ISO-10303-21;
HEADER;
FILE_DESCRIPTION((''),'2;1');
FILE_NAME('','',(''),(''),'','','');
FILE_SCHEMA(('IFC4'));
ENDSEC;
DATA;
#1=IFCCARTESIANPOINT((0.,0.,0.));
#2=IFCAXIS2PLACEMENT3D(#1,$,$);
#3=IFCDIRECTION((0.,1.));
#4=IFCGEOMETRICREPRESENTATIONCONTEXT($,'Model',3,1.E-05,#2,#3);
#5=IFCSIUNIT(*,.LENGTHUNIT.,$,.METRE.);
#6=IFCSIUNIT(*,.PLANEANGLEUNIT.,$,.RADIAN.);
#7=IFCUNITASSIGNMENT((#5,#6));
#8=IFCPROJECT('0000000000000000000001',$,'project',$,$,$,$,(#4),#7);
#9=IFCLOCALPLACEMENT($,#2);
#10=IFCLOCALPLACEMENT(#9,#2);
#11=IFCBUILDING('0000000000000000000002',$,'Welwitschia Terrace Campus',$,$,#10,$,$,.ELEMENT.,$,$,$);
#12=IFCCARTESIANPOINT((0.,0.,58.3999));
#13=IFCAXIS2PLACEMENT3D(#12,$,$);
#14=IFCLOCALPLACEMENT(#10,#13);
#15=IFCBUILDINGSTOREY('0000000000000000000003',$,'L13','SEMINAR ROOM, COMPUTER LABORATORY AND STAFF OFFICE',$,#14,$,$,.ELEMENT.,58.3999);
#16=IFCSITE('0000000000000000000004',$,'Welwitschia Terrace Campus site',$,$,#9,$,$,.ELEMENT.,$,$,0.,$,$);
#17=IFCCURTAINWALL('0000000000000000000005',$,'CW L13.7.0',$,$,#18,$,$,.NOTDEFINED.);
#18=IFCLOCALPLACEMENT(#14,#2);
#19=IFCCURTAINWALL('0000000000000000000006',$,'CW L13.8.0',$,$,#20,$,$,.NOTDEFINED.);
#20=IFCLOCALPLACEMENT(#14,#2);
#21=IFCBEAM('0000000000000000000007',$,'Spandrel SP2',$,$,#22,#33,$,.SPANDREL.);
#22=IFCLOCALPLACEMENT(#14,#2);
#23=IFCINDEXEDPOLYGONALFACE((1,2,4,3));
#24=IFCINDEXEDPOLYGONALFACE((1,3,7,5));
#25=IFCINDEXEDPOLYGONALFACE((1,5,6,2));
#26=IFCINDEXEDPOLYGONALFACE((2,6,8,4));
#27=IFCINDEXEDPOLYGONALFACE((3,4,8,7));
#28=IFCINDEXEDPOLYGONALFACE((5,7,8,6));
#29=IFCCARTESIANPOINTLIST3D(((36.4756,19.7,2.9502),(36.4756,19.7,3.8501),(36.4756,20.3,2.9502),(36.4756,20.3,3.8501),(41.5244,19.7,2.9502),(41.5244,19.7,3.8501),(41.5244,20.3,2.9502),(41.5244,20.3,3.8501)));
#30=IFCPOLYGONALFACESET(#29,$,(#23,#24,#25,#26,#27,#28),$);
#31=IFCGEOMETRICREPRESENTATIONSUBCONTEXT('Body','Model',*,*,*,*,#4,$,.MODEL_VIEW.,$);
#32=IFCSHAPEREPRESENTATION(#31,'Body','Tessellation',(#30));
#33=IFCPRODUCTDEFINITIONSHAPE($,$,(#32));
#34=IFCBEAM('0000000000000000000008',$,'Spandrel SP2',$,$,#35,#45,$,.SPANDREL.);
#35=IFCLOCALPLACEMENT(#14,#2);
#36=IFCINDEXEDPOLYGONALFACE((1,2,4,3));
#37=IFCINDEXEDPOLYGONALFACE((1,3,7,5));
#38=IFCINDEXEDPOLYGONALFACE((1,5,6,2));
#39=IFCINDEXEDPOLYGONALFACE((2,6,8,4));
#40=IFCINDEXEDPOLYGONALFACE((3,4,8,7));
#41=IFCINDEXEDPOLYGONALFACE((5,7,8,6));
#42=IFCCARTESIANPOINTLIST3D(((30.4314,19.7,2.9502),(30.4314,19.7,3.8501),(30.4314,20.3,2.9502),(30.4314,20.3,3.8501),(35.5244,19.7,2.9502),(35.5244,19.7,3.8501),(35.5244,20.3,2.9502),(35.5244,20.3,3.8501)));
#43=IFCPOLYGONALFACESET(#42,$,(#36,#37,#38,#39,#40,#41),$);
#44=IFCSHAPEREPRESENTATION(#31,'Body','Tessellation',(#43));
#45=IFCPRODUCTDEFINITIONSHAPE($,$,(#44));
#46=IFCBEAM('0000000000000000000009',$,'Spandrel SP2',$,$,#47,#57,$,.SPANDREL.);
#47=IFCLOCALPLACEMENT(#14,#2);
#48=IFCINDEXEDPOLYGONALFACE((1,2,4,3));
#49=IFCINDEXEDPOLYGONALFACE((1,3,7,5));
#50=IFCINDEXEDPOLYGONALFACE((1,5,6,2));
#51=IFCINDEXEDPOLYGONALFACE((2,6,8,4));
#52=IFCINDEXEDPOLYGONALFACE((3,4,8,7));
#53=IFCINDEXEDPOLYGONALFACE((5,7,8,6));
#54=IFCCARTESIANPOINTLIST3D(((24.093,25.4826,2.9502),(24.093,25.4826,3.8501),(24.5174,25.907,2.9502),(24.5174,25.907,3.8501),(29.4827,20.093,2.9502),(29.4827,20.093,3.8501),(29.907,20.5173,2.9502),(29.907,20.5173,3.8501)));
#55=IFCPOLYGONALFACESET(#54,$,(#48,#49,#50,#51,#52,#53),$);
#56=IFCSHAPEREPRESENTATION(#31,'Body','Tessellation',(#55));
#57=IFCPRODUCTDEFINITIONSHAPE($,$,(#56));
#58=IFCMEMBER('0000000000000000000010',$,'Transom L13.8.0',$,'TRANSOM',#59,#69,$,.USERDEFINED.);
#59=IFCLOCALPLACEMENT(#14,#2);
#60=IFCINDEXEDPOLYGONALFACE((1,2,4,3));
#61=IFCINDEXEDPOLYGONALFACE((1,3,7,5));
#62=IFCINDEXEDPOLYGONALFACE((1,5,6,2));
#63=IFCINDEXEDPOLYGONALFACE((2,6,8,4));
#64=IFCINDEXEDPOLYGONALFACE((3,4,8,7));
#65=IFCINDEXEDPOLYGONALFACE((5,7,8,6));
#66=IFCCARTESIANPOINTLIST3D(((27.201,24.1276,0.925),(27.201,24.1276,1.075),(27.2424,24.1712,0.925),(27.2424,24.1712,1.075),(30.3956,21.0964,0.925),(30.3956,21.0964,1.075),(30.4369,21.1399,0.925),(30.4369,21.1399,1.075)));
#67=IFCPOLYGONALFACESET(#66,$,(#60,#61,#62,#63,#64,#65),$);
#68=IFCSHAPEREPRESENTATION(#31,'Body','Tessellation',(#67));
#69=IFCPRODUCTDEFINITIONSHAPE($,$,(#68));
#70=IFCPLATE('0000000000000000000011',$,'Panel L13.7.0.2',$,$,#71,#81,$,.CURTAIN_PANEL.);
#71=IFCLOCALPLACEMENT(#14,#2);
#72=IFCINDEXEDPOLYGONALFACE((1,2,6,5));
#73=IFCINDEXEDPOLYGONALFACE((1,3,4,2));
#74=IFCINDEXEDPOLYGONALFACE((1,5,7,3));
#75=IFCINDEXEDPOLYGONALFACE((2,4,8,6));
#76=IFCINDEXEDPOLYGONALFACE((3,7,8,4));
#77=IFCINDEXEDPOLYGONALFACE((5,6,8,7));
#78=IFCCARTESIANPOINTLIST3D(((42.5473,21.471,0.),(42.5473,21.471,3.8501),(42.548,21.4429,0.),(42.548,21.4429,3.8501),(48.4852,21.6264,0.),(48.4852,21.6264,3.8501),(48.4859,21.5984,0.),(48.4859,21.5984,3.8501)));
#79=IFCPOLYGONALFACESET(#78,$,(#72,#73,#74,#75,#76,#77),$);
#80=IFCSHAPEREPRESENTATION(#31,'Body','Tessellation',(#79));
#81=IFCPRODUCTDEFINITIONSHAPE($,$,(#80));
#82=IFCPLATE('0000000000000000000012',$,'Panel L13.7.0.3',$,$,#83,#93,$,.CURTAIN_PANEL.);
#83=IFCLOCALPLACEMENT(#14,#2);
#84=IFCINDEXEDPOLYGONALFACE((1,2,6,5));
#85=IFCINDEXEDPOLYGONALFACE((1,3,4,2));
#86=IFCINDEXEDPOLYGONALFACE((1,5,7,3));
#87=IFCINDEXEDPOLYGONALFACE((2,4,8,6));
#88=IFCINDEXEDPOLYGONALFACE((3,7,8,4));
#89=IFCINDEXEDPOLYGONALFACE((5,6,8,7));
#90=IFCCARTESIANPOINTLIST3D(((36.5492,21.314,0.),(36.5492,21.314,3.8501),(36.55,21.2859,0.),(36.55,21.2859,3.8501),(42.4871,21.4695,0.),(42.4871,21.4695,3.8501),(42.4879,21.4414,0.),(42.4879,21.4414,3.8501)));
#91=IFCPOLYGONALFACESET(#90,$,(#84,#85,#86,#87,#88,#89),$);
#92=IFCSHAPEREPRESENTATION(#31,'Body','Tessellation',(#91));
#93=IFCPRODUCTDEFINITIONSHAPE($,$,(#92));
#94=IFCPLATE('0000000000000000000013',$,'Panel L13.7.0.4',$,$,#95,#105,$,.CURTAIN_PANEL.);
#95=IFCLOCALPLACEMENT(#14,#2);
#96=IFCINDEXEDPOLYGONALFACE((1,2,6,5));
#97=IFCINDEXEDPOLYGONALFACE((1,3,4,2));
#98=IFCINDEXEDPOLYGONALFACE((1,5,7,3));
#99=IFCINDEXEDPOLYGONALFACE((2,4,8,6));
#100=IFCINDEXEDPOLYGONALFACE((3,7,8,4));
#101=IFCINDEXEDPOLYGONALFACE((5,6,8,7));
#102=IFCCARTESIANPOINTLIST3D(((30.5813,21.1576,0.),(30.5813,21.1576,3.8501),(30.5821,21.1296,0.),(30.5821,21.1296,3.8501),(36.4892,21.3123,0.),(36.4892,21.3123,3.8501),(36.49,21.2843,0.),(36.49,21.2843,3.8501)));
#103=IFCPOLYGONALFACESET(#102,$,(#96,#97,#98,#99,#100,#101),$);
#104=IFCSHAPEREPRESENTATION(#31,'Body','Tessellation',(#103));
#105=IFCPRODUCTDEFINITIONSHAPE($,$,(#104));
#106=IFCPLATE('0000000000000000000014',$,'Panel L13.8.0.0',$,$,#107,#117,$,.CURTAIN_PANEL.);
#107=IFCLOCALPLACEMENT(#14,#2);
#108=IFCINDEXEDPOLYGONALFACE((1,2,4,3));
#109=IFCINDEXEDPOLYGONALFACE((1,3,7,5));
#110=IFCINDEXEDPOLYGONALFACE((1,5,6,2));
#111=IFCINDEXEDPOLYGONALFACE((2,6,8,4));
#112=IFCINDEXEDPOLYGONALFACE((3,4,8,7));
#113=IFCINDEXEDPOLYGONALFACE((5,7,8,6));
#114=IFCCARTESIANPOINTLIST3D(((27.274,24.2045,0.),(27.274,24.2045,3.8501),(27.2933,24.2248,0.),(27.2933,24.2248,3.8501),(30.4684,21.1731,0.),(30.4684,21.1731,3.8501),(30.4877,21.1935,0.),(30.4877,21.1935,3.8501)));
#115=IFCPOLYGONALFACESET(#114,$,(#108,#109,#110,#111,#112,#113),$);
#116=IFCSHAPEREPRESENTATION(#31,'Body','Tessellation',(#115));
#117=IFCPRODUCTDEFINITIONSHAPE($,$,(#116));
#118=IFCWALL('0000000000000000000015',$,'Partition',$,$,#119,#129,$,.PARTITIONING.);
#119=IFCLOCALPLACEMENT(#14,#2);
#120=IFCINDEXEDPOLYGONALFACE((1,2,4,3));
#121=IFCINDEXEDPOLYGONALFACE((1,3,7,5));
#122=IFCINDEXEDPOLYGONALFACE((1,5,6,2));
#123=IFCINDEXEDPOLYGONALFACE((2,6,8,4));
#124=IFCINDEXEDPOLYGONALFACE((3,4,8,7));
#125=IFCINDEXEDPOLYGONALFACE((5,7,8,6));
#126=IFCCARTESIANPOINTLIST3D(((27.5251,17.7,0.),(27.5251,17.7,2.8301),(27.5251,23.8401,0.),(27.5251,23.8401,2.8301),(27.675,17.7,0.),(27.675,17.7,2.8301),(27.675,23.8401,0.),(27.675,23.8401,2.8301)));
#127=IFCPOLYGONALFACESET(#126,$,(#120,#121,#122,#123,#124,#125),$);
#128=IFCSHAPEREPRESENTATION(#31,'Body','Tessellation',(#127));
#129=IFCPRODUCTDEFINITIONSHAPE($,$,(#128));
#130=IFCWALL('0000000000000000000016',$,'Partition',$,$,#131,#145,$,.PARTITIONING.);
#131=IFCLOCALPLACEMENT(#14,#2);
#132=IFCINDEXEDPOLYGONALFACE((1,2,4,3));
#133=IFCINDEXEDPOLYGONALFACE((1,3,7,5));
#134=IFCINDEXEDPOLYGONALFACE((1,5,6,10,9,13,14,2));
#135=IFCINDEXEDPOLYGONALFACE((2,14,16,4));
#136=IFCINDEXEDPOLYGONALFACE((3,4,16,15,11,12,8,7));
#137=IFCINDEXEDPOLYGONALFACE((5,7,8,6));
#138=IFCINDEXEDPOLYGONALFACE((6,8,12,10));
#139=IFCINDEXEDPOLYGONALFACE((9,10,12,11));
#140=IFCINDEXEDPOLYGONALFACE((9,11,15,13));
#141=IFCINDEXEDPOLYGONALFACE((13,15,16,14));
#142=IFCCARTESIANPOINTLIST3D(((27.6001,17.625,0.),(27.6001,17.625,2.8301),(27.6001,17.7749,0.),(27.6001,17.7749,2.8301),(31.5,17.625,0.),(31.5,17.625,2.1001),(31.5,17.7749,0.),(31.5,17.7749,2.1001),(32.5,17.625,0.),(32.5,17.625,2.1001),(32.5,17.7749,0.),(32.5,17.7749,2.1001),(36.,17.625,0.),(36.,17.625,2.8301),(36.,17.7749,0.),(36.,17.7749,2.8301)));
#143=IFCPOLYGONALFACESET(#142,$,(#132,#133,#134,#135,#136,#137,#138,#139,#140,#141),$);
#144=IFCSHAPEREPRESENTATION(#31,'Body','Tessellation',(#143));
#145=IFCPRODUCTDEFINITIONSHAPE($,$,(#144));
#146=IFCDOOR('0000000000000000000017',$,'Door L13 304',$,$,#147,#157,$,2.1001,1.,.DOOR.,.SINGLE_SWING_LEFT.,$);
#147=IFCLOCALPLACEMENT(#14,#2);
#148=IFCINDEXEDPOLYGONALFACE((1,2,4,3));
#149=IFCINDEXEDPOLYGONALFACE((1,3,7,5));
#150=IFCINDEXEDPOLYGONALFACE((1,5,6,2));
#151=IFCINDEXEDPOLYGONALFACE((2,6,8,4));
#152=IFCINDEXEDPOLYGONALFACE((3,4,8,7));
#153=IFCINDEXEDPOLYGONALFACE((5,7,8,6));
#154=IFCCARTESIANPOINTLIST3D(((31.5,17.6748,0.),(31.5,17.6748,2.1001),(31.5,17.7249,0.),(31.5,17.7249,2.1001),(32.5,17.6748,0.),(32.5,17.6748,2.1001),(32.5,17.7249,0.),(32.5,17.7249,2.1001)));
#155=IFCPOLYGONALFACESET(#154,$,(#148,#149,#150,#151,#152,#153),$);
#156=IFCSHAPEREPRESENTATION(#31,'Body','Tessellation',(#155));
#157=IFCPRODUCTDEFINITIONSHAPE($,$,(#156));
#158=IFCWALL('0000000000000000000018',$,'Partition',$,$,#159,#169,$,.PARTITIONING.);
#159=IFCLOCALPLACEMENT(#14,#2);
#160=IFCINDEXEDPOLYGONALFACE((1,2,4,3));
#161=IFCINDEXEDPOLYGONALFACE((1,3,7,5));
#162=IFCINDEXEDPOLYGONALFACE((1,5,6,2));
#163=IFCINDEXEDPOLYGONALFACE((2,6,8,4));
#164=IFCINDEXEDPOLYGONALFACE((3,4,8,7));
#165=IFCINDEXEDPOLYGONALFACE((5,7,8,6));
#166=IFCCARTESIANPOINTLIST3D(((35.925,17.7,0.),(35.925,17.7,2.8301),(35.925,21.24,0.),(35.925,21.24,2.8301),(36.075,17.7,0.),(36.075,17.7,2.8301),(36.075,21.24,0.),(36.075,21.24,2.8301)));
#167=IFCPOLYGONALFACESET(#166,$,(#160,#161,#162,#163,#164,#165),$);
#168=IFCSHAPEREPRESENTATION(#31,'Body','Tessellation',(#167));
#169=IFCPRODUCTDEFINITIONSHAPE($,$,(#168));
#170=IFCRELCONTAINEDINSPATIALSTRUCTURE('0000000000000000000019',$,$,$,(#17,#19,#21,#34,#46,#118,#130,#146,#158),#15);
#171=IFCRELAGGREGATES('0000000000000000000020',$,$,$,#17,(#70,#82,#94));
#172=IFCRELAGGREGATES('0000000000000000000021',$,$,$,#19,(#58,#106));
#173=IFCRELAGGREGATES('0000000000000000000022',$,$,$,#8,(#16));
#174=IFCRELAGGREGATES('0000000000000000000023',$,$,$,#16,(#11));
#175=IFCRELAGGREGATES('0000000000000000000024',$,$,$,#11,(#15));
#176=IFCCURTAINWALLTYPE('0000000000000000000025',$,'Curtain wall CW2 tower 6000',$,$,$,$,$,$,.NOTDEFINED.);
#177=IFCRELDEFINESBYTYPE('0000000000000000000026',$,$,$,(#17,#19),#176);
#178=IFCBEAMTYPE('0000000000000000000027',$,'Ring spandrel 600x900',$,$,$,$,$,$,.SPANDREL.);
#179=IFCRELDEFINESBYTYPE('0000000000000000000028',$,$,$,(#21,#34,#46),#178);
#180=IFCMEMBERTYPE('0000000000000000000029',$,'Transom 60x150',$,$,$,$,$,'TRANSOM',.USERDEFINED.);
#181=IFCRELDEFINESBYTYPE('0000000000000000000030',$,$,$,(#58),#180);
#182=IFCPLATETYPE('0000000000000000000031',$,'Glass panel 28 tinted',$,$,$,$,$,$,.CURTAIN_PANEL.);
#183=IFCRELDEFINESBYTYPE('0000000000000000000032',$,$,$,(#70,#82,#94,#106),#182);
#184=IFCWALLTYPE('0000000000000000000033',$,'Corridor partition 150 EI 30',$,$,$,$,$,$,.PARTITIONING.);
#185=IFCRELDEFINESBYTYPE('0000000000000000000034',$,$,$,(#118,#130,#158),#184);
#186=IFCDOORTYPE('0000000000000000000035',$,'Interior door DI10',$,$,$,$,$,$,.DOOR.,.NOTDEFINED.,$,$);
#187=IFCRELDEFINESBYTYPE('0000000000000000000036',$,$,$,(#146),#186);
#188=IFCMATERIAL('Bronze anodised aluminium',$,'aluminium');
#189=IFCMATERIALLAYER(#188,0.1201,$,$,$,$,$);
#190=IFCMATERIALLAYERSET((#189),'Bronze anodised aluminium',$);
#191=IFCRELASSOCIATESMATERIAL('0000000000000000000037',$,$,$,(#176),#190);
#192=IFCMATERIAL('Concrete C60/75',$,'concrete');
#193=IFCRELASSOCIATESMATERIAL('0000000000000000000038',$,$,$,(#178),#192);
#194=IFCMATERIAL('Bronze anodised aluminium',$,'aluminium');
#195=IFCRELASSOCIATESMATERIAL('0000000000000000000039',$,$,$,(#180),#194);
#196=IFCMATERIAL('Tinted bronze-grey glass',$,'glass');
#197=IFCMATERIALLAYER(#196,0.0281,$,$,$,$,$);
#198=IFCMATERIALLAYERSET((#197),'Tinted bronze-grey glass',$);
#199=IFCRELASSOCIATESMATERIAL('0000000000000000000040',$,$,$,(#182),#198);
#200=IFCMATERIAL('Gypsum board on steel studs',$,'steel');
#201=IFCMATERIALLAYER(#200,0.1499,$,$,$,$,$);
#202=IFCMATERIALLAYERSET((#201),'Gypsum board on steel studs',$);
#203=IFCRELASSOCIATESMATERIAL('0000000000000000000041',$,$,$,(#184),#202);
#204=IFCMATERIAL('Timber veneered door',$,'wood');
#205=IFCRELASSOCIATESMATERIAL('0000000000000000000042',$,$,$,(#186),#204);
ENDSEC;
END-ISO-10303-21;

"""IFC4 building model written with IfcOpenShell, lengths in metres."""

from ifc_helpers import new_model, si_unit, direction, frame, frame_2d, origin, origin_2d, place, context, subcontext, project, spatial, rectangle, extrude, material, layer, layer_set, material_profile, profile_set, type_object, element, fill, aggregate, save


model = new_model("IFC4")

# Units and contexts
model_context = context("Model", 3, precision=1e-05, world=origin(), true_north=direction((0.0, 1.0)))
body_context = subcontext(model_context, "Body", "Model", "MODEL_VIEW")
ifc_project = project(units=[si_unit("LENGTHUNIT", "METRE"), si_unit("PLANEANGLEUNIT", "RADIAN")], contexts=[model_context])

# Site, building, storey
site_placement = place(None, origin())
site = spatial("IfcSite", under=ifc_project, at=site_placement, Name="Welwitschia Terrace Campus site", CompositionType="ELEMENT", RefElevation=0.0)
building_placement = place(site_placement, origin())
building = spatial("IfcBuilding", under=site, at=building_placement, Name="Welwitschia Terrace Campus", CompositionType="ELEMENT")
storey_placement = place(building_placement, frame((0.0, 0.0, 58.3999)))
storey = spatial("IfcBuildingStorey", under=building, at=storey_placement, Name="L13", Description="SEMINAR ROOM, COMPUTER LABORATORY AND STAFF OFFICE", CompositionType="ELEMENT", Elevation=58.3999)

# Curtain wall
ifc_material_1 = material(Name="Bronze anodised aluminium", Category="aluminium")
ifc_layer_1 = layer(ifc_material_1, 0.1201)
ifc_layer_set_1 = layer_set([ifc_layer_1], Name="Bronze anodised aluminium")
curtain_wall_type = type_object("IfcCurtainWallType", Name="Curtain wall CW2 tower 6000", PredefinedType="NOTDEFINED", material=ifc_layer_set_1)
curtain_wall_1_placement = place(storey_placement, origin())
curtain_wall_1 = element("IfcCurtainWall", 1, at=curtain_wall_1_placement, inside=storey, type_object=curtain_wall_type, Name="CW L13.7.0", PredefinedType="NOTDEFINED")

# Curtain wall
curtain_wall_2_placement = place(storey_placement, origin())
curtain_wall_2 = element("IfcCurtainWall", 2, at=curtain_wall_2_placement, inside=storey, type_object=curtain_wall_type, Name="CW L13.8.0", PredefinedType="NOTDEFINED")

# Beams
ifc_material_2 = material(Name="Concrete C60/75", Category="concrete")
ifc_material_profile_1 = material_profile(ifc_material_2, rectangle(XDim=0.6001, YDim=0.8999, at=origin_2d()))
ifc_profile_set_1 = profile_set([ifc_material_profile_1], Name="Concrete C60/75")
beam_type_1 = type_object("IfcBeamType", Name="Ring spandrel 600x900", PredefinedType="SPANDREL", material=ifc_profile_set_1)
for number, where, z_axis, x_axis, name in (
    (3, (41.5244, 20.0, 3.4001), (-1.0, 0.0, 0.0), (0.0, -1.0, 0.0), "Spandrel SP2"),
):
    element("IfcBeam", number, at=place(storey_placement, frame(where, z_axis=z_axis, x_axis=x_axis)), inside=storey, type_object=beam_type_1, Name=name, PredefinedType="SPANDREL", context=body_context, shape_type="SweptSolid", body=[
        extrude(rectangle(XDim=0.6001, YDim=0.8999, at=origin_2d()), origin(), (0.0, 0.0, 1.0), 5.0488),
    ])
beam_1_placement = place(storey_placement, frame((35.5244, 20.0, 3.4001), z_axis=(-1.0, 0.0, 0.0), x_axis=(0.0, -1.0, 0.0)))
element("IfcBeam", 4, at=beam_1_placement, inside=storey, type_object=beam_type_1, Name="Spandrel SP2", PredefinedType="SPANDREL", context=body_context, shape_type="SweptSolid", body=[
    extrude(rectangle(XDim=0.6001, YDim=0.8999, at=origin_2d()), origin(), (0.0, 0.0, 1.0), 5.093),
])
beam_2_placement = place(storey_placement, frame((29.6948, 20.3052, 3.4001), z_axis=(-0.707107, 0.707107, 0.0), x_axis=(-0.707107, -0.707107, 0.0)))
element("IfcBeam", 5, at=beam_2_placement, inside=storey, type_object=beam_type_1, Name="Spandrel SP2", PredefinedType="SPANDREL", context=body_context, shape_type="SweptSolid", body=[
    extrude(rectangle(XDim=0.6001, YDim=0.8999, at=origin_2d()), origin(), (0.0, 0.0, 1.0), 7.6221),
])

# Member
ifc_material_3 = material(Name="Bronze anodised aluminium", Category="aluminium")
ifc_material_profile_2 = material_profile(ifc_material_3, rectangle(XDim=0.0601, YDim=0.1499, at=origin_2d()))
ifc_profile_set_2 = profile_set([ifc_material_profile_2], Name="Bronze anodised aluminium")
member_type_1 = type_object("IfcMemberType", Name="Transom 60x150", ElementType="TRANSOM", PredefinedType="USERDEFINED", material=ifc_profile_set_2)
member_1_placement = place(storey_placement, frame((30.4163, 21.1182, 1.0), z_axis=(-0.725408, 0.68832, 0.0), x_axis=(-0.68832, -0.725408, 0.0)))
member_1 = element("IfcMember", 6, at=member_1_placement, type_object=member_type_1, Name="Transom L13.8.0", ObjectType="TRANSOM", PredefinedType="USERDEFINED", context=body_context, shape_type="SweptSolid", body=[
    extrude(rectangle(XDim=0.0601, YDim=0.1499, at=origin_2d()), origin(), (0.0, 0.0, 1.0), 4.4038),
])

# Plates
ifc_material_4 = material(Name="Tinted bronze-grey glass", Category="glass")
ifc_layer_2 = layer(ifc_material_4, 0.0281)
ifc_layer_set_2 = layer_set([ifc_layer_2], Name="Tinted bronze-grey glass")
plate_type = type_object("IfcPlateType", Name="Glass panel 28 tinted", PredefinedType="CURTAIN_PANEL", material=ifc_layer_set_2)
plate_1_placement = place(storey_placement, frame((45.5166, 21.5347, 0.0), z_axis=(0.0, 0.0, 1.0), x_axis=(-0.999657, -0.026177, 0.0)))
plate_1 = element("IfcPlate", 7, at=plate_1_placement, type_object=plate_type, Name="Panel L13.7.0.2", PredefinedType="CURTAIN_PANEL", context=body_context, shape_type="SweptSolid", body=[
    extrude(rectangle(XDim=5.9399, YDim=0.0281, at=origin_2d()), origin(), (0.0, 0.0, 1.0), 3.8501),
])
plate_2_placement = place(storey_placement, frame((39.5186, 21.3777, 0.0), z_axis=(0.0, 0.0, 1.0), x_axis=(-0.999657, -0.026177, 0.0)))
plate_2 = element("IfcPlate", 8, at=plate_2_placement, type_object=plate_type, Name="Panel L13.7.0.3", PredefinedType="CURTAIN_PANEL", context=body_context, shape_type="SweptSolid", body=[
    extrude(rectangle(XDim=5.9399, YDim=0.0281, at=origin_2d()), origin(), (0.0, 0.0, 1.0), 3.8501),
])
plate_3_placement = place(storey_placement, frame((33.5356, 21.2209, 0.0), z_axis=(0.0, 0.0, 1.0), x_axis=(-0.999657, -0.026177, 0.0)))
plate_3 = element("IfcPlate", 9, at=plate_3_placement, type_object=plate_type, Name="Panel L13.7.0.4", PredefinedType="CURTAIN_PANEL", context=body_context, shape_type="SweptSolid", body=[
    extrude(rectangle(XDim=5.9099, YDim=0.0281, at=origin_2d()), origin(), (0.0, 0.0, 1.0), 3.8501),
])
aggregate(curtain_wall_1, [plate_1, plate_2, plate_3])
plate_4_placement = place(storey_placement, frame((28.8809, 22.699, 0.0), z_axis=(0.0, 0.0, 1.0), x_axis=(-0.725374, 0.688355, 0.0)))
plate_4 = element("IfcPlate", 10, at=plate_4_placement, type_object=plate_type, Name="Panel L13.8.0.0", PredefinedType="CURTAIN_PANEL", context=body_context, shape_type="SweptSolid", body=[
    extrude(rectangle(XDim=4.4038, YDim=0.0281, at=origin_2d()), origin(), (0.0, 0.0, 1.0), 3.8501),
])
aggregate(curtain_wall_2, [member_1, plate_4])

# Wall
ifc_material_5 = material(Name="Gypsum board on steel studs", Category="steel")
ifc_layer_3 = layer(ifc_material_5, 0.1499)
ifc_layer_set_3 = layer_set([ifc_layer_3], Name="Gypsum board on steel studs")
wall_type = type_object("IfcWallType", Name="Corridor partition 150 EI 30", PredefinedType="PARTITIONING", material=ifc_layer_set_3)
wall_1_placement = place(storey_placement, frame((27.6001, 17.7, 0.0), z_axis=(0.0, 0.0, 1.0), x_axis=(0.0, 1.0, 0.0)))
element("IfcWall", 11, at=wall_1_placement, inside=storey, type_object=wall_type, Name="Partition", PredefinedType="PARTITIONING", context=body_context, shape_type="SweptSolid", body=[
    extrude(rectangle(XDim=6.1401, YDim=0.1499, at=frame_2d((3.0701, 0.0))), origin(), (0.0, 0.0, 1.0), 2.8301),
])

# Wall, opening, door
wall_2_placement = place(storey_placement, frame((27.6001, 17.7, 0.0), z_axis=(0.0, 0.0, 1.0), x_axis=(1.0, 0.0, 0.0)))
wall_2 = element("IfcWall", 12, at=wall_2_placement, inside=storey, type_object=wall_type, Name="Partition", PredefinedType="PARTITIONING", context=body_context, shape_type="SweptSolid", body=[
    extrude(rectangle(XDim=8.3999, YDim=0.1499, at=frame_2d((4.2, 0.0))), origin(), (0.0, 0.0, 1.0), 2.8301),
])
opening_1_placement = place(wall_2_placement, frame((3.8999, 0.0, 0.0)))
opening_1 = element("IfcOpeningElement", 13, at=opening_1_placement, cuts=wall_2, PredefinedType="OPENING", context=body_context, shape_type="SweptSolid", body=[
    extrude(rectangle(XDim=1.0, YDim=2.1001, at=frame_2d((0.5, 1.05))), frame((0.0, 0.085, 0.0), z_axis=(0.0, -1.0, 0.0), x_axis=(1.0, 0.0, 0.0)), (0.0, 0.0, 1.0), 0.1699),
])
ifc_material_6 = material(Name="Timber veneered door", Category="wood")
door_type = type_object("IfcDoorType", Name="Interior door DI10", OperationType="NOTDEFINED", PredefinedType="DOOR", material=ifc_material_6)
door_1_placement = place(opening_1_placement, origin())
door_1 = element("IfcDoor", 14, at=door_1_placement, inside=storey, type_object=door_type, Name="Door L13 304", OperationType="SINGLE_SWING_LEFT", OverallHeight=2.1001, OverallWidth=1.0, PredefinedType="DOOR", context=body_context, shape_type="SweptSolid", body=[
    extrude(rectangle(XDim=1.0, YDim=2.1001, at=frame_2d((0.5, 1.05))), frame((0.0, 0.0249, 0.0), z_axis=(0.0, -1.0, 0.0), x_axis=(1.0, 0.0, 0.0)), (0.0, 0.0, 1.0), 0.05),
])
fill(opening_1, door_1)

# Wall
wall_3_placement = place(storey_placement, frame((36.0, 17.7, 0.0), z_axis=(0.0, 0.0, 1.0), x_axis=(0.0, 1.0, 0.0)))
element("IfcWall", 15, at=wall_3_placement, inside=storey, type_object=wall_type, Name="Partition", PredefinedType="PARTITIONING", context=body_context, shape_type="SweptSolid", body=[
    extrude(rectangle(XDim=3.54, YDim=0.1499, at=frame_2d((1.77, 0.0))), origin(), (0.0, 0.0, 1.0), 2.8301),
])

save(model, "model.ifc")
